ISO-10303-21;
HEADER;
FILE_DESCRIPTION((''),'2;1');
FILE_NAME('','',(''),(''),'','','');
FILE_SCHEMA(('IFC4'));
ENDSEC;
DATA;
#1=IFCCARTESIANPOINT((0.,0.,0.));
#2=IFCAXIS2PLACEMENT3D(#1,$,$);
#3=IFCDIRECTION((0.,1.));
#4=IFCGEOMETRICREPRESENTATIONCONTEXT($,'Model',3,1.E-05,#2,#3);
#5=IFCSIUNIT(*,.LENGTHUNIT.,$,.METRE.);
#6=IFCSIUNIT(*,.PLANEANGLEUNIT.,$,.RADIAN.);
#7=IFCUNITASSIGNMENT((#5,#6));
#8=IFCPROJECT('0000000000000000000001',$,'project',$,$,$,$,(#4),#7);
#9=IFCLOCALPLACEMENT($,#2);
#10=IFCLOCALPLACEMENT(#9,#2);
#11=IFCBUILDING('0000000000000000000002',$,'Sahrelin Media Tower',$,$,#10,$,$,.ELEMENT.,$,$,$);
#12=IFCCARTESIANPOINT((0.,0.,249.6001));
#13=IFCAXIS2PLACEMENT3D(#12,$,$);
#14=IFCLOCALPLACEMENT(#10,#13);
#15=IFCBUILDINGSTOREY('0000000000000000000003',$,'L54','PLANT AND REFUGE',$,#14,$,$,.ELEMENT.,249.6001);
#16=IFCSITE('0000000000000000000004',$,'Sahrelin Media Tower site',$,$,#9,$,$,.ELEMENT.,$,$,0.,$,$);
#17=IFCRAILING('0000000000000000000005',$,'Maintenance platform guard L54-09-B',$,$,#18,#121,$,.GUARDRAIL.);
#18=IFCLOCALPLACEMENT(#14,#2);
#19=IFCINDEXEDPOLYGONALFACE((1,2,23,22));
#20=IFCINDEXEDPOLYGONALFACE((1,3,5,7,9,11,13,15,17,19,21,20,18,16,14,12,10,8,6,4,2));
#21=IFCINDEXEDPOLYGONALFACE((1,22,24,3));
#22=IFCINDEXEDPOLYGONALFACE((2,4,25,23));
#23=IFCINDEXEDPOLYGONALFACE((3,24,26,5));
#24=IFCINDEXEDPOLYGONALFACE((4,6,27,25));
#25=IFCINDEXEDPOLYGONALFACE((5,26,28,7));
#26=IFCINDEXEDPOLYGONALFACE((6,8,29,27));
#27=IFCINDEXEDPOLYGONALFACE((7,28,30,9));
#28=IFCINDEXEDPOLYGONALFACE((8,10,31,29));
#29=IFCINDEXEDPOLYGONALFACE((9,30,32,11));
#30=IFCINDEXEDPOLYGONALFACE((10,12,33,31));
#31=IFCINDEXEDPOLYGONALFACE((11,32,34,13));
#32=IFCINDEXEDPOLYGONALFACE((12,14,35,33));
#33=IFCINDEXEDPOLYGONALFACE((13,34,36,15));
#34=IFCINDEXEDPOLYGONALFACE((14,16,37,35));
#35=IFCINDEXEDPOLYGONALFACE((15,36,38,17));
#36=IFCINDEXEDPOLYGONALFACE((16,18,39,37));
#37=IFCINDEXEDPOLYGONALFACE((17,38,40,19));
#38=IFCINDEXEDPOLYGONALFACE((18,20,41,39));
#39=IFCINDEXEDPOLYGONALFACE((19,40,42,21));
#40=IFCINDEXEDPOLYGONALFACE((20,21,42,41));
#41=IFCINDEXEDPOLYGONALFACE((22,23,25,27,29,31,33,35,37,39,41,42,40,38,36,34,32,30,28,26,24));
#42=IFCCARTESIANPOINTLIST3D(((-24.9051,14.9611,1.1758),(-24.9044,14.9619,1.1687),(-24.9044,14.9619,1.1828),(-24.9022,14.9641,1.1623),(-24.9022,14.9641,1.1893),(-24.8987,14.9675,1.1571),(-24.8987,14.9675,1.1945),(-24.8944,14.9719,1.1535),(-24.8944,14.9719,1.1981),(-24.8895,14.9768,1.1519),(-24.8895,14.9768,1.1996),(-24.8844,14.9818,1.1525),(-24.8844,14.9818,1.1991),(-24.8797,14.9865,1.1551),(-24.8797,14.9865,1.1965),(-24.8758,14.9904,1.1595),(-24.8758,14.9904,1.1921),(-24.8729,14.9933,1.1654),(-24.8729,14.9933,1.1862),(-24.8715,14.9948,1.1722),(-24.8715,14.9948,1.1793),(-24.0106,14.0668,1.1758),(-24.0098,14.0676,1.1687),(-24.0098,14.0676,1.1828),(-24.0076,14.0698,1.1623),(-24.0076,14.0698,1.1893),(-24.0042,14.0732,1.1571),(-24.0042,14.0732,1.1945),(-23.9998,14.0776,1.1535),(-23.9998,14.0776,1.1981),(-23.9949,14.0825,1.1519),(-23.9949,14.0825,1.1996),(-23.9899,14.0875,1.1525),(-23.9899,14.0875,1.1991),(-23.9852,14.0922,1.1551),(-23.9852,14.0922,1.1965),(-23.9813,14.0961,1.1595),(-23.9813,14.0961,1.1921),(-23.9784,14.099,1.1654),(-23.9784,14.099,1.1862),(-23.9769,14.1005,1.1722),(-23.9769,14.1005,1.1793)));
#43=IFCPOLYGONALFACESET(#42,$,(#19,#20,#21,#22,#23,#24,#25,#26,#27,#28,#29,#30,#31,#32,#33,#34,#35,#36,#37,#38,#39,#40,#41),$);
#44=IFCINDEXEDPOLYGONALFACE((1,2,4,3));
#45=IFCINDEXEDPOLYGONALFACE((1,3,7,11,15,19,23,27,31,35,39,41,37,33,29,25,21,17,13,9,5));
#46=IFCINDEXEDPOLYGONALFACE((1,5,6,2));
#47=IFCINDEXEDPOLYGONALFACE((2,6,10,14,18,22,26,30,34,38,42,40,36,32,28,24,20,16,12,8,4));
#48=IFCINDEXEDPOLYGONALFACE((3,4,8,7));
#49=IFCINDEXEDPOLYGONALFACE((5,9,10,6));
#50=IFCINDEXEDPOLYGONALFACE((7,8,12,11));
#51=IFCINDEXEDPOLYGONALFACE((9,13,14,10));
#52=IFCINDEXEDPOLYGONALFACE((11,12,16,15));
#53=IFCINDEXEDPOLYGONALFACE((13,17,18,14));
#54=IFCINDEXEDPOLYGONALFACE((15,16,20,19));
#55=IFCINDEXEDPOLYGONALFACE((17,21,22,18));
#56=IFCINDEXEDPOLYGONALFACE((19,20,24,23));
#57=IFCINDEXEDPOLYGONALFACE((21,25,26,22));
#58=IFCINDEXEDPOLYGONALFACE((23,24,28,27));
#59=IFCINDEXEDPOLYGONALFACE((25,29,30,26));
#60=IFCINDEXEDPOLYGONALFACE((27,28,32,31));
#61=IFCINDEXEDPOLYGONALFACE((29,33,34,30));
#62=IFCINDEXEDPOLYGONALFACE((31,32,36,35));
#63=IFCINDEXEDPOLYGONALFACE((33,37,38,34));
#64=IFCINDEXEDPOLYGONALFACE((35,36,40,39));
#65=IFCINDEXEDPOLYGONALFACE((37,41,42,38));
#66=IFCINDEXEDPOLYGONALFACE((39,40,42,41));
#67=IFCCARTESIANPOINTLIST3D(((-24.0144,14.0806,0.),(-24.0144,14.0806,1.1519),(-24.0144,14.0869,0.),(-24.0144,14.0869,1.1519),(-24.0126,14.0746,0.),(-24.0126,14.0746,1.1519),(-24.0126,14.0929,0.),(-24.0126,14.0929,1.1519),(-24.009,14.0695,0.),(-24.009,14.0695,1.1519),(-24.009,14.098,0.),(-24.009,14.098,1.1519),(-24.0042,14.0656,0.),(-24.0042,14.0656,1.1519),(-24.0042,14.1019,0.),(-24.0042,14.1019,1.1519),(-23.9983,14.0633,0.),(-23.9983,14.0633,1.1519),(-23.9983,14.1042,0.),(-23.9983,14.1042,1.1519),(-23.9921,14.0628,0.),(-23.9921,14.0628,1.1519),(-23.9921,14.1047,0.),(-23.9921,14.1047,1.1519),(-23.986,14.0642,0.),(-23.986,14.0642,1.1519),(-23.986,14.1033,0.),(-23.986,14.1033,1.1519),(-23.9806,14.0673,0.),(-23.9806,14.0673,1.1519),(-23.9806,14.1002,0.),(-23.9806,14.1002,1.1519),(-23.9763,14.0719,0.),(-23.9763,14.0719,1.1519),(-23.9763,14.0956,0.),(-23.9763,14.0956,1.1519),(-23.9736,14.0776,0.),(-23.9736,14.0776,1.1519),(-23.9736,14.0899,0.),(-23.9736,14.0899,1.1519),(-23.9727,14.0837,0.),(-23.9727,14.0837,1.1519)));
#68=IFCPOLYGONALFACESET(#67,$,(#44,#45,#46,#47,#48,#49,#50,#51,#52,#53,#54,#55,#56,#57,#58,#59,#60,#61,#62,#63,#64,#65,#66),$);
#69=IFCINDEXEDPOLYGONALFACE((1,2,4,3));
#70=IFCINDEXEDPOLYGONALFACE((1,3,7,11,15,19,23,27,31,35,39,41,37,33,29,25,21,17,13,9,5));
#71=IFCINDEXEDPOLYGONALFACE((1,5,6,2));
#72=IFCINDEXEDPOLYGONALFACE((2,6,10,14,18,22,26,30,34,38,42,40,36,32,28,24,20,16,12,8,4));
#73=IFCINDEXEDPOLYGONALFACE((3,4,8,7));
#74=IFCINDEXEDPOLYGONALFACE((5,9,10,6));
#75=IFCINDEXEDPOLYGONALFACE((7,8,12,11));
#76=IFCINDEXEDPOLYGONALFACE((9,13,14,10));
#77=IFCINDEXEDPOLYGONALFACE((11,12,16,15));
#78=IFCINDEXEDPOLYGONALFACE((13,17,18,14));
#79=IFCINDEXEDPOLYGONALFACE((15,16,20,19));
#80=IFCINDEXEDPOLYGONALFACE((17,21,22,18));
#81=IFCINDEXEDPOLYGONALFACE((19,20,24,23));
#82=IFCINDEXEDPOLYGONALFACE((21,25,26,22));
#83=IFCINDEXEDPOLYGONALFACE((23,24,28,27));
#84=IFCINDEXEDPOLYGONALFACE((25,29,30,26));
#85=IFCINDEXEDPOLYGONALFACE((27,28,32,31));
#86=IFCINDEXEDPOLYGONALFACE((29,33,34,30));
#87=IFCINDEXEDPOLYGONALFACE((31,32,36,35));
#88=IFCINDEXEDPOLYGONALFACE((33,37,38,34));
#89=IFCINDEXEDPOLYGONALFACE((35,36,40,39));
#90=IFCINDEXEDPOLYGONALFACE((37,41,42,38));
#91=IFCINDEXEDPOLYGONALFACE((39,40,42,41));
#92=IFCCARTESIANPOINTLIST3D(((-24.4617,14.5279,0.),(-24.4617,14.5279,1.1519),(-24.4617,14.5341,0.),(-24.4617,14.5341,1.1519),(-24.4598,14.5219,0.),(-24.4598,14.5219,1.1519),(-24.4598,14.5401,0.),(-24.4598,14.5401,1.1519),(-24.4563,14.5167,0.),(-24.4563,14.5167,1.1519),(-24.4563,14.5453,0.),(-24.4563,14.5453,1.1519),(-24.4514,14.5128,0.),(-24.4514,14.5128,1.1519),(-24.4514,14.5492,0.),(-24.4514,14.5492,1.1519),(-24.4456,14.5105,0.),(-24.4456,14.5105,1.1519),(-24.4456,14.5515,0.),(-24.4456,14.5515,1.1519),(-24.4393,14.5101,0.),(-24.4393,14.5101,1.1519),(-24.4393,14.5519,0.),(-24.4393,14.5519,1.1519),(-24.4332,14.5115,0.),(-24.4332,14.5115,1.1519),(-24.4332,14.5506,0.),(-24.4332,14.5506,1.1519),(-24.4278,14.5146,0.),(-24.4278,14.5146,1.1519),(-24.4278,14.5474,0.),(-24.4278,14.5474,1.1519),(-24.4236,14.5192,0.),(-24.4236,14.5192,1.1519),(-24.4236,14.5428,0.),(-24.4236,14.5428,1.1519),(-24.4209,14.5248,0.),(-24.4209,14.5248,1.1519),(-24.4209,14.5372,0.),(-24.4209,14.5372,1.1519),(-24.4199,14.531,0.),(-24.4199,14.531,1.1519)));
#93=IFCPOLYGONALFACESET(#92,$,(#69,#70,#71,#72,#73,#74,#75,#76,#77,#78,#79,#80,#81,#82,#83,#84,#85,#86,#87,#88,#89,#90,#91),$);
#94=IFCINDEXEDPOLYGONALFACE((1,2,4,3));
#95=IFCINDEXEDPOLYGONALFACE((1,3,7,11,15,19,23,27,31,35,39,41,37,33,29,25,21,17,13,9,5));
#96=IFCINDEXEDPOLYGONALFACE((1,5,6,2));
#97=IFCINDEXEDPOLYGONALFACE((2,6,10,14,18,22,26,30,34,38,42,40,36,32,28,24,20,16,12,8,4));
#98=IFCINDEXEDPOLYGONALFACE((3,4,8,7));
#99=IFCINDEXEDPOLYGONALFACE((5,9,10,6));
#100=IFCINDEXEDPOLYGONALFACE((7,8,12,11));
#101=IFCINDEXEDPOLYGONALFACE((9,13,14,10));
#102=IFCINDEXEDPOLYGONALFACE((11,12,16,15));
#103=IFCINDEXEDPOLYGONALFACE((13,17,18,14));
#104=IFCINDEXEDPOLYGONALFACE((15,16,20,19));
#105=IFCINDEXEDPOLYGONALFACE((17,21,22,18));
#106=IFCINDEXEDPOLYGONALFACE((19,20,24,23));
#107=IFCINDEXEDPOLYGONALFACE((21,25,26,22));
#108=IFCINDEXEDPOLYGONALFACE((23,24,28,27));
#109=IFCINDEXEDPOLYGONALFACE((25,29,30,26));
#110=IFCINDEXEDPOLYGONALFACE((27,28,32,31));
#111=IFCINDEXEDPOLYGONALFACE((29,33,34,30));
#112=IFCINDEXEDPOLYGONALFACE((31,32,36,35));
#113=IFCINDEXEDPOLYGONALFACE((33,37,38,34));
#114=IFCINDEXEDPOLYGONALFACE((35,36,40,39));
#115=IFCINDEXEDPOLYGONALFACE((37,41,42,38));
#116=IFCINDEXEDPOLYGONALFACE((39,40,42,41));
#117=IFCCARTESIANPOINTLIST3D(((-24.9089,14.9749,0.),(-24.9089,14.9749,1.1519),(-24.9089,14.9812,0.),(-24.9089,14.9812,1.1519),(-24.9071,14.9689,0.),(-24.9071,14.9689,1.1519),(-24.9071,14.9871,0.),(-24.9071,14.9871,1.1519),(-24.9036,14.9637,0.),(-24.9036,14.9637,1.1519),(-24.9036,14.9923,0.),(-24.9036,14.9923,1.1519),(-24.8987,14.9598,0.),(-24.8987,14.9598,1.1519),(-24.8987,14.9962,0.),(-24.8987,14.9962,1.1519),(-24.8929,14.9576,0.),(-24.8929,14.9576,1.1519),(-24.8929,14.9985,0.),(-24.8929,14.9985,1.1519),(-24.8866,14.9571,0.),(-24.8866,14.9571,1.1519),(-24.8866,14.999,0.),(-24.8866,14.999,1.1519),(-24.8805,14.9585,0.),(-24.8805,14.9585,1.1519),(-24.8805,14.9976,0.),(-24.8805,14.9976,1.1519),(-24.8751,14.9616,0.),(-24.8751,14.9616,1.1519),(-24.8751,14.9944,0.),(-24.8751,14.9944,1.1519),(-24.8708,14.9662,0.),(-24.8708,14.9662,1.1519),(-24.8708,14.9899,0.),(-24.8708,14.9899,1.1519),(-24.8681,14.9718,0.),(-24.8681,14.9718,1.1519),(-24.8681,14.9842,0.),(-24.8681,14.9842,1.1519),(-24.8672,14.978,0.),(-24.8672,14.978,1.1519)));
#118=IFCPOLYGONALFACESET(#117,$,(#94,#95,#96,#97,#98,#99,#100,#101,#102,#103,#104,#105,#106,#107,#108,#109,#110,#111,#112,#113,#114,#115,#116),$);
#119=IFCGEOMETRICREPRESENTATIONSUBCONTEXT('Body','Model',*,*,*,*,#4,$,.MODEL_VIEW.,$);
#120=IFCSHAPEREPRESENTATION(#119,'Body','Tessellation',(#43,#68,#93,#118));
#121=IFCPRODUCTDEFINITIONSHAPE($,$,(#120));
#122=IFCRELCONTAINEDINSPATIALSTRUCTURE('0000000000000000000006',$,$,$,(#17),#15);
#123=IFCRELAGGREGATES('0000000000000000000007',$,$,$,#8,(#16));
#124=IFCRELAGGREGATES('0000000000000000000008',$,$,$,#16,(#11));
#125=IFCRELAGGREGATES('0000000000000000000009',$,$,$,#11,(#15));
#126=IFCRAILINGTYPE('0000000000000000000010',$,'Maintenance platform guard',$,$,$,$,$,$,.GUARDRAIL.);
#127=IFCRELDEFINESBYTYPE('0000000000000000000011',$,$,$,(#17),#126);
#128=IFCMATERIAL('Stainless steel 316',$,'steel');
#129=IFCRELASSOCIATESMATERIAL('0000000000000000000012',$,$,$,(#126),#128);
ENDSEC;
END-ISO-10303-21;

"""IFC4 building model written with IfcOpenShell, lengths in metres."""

from ifc_helpers import new_model, si_unit, direction, frame, origin, origin_2d, place, context, subcontext, project, spatial, circle, extrude, material, type_object, element, save


model = new_model("IFC4")

# Units and contexts
model_context = context("Model", 3, precision=1e-05, world=origin(), true_north=direction((0.0, 1.0)))
body_context = subcontext(model_context, "Body", "Model", "MODEL_VIEW")
ifc_project = project(units=[si_unit("LENGTHUNIT", "METRE"), si_unit("PLANEANGLEUNIT", "RADIAN")], contexts=[model_context])

# Site, building, storey
site_placement = place(None, origin())
site = spatial("IfcSite", under=ifc_project, at=site_placement, Name="Sahrelin Media Tower site", CompositionType="ELEMENT", RefElevation=0.0)
building_placement = place(site_placement, origin())
building = spatial("IfcBuilding", under=site, at=building_placement, Name="Sahrelin Media Tower", CompositionType="ELEMENT")
storey_placement = place(building_placement, frame((0.0, 0.0, 249.6001)))
storey = spatial("IfcBuildingStorey", under=building, at=storey_placement, Name="L54", Description="PLANT AND REFUGE", CompositionType="ELEMENT", Elevation=249.6001)

# Railing
ifc_material_1 = material(Name="Stainless steel 316", Category="steel")
railing_type = type_object("IfcRailingType", Name="Maintenance platform guard", PredefinedType="GUARDRAIL", material=ifc_material_1)
railing_1_placement = place(storey_placement, frame((-23.9937, 14.0837, 0.0)))
element("IfcRailing", 1, at=railing_1_placement, inside=storey, type_object=railing_type, Name="Maintenance platform guard L54-09-B", PredefinedType="GUARDRAIL", context=body_context, shape_type="SweptSolid", body=[
    extrude(circle(Radius=0.0239, at=origin_2d()), frame((0.0, 0.0, 1.1758), z_axis=(-0.707203, 0.70701, 0.0), x_axis=(-0.70701, -0.707203, 0.0)), (0.0, 0.0, 1.0), 1.2649),
    extrude(circle(Radius=0.021, at=origin_2d()), origin(), (0.0, 0.0, 1.0), 1.1519),
    extrude(circle(Radius=0.021, at=origin_2d()), frame((-0.4473, 0.4473, 0.0)), (0.0, 0.0, 1.0), 1.1519),
    extrude(circle(Radius=0.021, at=origin_2d()), frame((-0.8945, 0.8943, 0.0)), (0.0, 0.0, 1.0), 1.1519),
])

save(model, "model.ifc")
